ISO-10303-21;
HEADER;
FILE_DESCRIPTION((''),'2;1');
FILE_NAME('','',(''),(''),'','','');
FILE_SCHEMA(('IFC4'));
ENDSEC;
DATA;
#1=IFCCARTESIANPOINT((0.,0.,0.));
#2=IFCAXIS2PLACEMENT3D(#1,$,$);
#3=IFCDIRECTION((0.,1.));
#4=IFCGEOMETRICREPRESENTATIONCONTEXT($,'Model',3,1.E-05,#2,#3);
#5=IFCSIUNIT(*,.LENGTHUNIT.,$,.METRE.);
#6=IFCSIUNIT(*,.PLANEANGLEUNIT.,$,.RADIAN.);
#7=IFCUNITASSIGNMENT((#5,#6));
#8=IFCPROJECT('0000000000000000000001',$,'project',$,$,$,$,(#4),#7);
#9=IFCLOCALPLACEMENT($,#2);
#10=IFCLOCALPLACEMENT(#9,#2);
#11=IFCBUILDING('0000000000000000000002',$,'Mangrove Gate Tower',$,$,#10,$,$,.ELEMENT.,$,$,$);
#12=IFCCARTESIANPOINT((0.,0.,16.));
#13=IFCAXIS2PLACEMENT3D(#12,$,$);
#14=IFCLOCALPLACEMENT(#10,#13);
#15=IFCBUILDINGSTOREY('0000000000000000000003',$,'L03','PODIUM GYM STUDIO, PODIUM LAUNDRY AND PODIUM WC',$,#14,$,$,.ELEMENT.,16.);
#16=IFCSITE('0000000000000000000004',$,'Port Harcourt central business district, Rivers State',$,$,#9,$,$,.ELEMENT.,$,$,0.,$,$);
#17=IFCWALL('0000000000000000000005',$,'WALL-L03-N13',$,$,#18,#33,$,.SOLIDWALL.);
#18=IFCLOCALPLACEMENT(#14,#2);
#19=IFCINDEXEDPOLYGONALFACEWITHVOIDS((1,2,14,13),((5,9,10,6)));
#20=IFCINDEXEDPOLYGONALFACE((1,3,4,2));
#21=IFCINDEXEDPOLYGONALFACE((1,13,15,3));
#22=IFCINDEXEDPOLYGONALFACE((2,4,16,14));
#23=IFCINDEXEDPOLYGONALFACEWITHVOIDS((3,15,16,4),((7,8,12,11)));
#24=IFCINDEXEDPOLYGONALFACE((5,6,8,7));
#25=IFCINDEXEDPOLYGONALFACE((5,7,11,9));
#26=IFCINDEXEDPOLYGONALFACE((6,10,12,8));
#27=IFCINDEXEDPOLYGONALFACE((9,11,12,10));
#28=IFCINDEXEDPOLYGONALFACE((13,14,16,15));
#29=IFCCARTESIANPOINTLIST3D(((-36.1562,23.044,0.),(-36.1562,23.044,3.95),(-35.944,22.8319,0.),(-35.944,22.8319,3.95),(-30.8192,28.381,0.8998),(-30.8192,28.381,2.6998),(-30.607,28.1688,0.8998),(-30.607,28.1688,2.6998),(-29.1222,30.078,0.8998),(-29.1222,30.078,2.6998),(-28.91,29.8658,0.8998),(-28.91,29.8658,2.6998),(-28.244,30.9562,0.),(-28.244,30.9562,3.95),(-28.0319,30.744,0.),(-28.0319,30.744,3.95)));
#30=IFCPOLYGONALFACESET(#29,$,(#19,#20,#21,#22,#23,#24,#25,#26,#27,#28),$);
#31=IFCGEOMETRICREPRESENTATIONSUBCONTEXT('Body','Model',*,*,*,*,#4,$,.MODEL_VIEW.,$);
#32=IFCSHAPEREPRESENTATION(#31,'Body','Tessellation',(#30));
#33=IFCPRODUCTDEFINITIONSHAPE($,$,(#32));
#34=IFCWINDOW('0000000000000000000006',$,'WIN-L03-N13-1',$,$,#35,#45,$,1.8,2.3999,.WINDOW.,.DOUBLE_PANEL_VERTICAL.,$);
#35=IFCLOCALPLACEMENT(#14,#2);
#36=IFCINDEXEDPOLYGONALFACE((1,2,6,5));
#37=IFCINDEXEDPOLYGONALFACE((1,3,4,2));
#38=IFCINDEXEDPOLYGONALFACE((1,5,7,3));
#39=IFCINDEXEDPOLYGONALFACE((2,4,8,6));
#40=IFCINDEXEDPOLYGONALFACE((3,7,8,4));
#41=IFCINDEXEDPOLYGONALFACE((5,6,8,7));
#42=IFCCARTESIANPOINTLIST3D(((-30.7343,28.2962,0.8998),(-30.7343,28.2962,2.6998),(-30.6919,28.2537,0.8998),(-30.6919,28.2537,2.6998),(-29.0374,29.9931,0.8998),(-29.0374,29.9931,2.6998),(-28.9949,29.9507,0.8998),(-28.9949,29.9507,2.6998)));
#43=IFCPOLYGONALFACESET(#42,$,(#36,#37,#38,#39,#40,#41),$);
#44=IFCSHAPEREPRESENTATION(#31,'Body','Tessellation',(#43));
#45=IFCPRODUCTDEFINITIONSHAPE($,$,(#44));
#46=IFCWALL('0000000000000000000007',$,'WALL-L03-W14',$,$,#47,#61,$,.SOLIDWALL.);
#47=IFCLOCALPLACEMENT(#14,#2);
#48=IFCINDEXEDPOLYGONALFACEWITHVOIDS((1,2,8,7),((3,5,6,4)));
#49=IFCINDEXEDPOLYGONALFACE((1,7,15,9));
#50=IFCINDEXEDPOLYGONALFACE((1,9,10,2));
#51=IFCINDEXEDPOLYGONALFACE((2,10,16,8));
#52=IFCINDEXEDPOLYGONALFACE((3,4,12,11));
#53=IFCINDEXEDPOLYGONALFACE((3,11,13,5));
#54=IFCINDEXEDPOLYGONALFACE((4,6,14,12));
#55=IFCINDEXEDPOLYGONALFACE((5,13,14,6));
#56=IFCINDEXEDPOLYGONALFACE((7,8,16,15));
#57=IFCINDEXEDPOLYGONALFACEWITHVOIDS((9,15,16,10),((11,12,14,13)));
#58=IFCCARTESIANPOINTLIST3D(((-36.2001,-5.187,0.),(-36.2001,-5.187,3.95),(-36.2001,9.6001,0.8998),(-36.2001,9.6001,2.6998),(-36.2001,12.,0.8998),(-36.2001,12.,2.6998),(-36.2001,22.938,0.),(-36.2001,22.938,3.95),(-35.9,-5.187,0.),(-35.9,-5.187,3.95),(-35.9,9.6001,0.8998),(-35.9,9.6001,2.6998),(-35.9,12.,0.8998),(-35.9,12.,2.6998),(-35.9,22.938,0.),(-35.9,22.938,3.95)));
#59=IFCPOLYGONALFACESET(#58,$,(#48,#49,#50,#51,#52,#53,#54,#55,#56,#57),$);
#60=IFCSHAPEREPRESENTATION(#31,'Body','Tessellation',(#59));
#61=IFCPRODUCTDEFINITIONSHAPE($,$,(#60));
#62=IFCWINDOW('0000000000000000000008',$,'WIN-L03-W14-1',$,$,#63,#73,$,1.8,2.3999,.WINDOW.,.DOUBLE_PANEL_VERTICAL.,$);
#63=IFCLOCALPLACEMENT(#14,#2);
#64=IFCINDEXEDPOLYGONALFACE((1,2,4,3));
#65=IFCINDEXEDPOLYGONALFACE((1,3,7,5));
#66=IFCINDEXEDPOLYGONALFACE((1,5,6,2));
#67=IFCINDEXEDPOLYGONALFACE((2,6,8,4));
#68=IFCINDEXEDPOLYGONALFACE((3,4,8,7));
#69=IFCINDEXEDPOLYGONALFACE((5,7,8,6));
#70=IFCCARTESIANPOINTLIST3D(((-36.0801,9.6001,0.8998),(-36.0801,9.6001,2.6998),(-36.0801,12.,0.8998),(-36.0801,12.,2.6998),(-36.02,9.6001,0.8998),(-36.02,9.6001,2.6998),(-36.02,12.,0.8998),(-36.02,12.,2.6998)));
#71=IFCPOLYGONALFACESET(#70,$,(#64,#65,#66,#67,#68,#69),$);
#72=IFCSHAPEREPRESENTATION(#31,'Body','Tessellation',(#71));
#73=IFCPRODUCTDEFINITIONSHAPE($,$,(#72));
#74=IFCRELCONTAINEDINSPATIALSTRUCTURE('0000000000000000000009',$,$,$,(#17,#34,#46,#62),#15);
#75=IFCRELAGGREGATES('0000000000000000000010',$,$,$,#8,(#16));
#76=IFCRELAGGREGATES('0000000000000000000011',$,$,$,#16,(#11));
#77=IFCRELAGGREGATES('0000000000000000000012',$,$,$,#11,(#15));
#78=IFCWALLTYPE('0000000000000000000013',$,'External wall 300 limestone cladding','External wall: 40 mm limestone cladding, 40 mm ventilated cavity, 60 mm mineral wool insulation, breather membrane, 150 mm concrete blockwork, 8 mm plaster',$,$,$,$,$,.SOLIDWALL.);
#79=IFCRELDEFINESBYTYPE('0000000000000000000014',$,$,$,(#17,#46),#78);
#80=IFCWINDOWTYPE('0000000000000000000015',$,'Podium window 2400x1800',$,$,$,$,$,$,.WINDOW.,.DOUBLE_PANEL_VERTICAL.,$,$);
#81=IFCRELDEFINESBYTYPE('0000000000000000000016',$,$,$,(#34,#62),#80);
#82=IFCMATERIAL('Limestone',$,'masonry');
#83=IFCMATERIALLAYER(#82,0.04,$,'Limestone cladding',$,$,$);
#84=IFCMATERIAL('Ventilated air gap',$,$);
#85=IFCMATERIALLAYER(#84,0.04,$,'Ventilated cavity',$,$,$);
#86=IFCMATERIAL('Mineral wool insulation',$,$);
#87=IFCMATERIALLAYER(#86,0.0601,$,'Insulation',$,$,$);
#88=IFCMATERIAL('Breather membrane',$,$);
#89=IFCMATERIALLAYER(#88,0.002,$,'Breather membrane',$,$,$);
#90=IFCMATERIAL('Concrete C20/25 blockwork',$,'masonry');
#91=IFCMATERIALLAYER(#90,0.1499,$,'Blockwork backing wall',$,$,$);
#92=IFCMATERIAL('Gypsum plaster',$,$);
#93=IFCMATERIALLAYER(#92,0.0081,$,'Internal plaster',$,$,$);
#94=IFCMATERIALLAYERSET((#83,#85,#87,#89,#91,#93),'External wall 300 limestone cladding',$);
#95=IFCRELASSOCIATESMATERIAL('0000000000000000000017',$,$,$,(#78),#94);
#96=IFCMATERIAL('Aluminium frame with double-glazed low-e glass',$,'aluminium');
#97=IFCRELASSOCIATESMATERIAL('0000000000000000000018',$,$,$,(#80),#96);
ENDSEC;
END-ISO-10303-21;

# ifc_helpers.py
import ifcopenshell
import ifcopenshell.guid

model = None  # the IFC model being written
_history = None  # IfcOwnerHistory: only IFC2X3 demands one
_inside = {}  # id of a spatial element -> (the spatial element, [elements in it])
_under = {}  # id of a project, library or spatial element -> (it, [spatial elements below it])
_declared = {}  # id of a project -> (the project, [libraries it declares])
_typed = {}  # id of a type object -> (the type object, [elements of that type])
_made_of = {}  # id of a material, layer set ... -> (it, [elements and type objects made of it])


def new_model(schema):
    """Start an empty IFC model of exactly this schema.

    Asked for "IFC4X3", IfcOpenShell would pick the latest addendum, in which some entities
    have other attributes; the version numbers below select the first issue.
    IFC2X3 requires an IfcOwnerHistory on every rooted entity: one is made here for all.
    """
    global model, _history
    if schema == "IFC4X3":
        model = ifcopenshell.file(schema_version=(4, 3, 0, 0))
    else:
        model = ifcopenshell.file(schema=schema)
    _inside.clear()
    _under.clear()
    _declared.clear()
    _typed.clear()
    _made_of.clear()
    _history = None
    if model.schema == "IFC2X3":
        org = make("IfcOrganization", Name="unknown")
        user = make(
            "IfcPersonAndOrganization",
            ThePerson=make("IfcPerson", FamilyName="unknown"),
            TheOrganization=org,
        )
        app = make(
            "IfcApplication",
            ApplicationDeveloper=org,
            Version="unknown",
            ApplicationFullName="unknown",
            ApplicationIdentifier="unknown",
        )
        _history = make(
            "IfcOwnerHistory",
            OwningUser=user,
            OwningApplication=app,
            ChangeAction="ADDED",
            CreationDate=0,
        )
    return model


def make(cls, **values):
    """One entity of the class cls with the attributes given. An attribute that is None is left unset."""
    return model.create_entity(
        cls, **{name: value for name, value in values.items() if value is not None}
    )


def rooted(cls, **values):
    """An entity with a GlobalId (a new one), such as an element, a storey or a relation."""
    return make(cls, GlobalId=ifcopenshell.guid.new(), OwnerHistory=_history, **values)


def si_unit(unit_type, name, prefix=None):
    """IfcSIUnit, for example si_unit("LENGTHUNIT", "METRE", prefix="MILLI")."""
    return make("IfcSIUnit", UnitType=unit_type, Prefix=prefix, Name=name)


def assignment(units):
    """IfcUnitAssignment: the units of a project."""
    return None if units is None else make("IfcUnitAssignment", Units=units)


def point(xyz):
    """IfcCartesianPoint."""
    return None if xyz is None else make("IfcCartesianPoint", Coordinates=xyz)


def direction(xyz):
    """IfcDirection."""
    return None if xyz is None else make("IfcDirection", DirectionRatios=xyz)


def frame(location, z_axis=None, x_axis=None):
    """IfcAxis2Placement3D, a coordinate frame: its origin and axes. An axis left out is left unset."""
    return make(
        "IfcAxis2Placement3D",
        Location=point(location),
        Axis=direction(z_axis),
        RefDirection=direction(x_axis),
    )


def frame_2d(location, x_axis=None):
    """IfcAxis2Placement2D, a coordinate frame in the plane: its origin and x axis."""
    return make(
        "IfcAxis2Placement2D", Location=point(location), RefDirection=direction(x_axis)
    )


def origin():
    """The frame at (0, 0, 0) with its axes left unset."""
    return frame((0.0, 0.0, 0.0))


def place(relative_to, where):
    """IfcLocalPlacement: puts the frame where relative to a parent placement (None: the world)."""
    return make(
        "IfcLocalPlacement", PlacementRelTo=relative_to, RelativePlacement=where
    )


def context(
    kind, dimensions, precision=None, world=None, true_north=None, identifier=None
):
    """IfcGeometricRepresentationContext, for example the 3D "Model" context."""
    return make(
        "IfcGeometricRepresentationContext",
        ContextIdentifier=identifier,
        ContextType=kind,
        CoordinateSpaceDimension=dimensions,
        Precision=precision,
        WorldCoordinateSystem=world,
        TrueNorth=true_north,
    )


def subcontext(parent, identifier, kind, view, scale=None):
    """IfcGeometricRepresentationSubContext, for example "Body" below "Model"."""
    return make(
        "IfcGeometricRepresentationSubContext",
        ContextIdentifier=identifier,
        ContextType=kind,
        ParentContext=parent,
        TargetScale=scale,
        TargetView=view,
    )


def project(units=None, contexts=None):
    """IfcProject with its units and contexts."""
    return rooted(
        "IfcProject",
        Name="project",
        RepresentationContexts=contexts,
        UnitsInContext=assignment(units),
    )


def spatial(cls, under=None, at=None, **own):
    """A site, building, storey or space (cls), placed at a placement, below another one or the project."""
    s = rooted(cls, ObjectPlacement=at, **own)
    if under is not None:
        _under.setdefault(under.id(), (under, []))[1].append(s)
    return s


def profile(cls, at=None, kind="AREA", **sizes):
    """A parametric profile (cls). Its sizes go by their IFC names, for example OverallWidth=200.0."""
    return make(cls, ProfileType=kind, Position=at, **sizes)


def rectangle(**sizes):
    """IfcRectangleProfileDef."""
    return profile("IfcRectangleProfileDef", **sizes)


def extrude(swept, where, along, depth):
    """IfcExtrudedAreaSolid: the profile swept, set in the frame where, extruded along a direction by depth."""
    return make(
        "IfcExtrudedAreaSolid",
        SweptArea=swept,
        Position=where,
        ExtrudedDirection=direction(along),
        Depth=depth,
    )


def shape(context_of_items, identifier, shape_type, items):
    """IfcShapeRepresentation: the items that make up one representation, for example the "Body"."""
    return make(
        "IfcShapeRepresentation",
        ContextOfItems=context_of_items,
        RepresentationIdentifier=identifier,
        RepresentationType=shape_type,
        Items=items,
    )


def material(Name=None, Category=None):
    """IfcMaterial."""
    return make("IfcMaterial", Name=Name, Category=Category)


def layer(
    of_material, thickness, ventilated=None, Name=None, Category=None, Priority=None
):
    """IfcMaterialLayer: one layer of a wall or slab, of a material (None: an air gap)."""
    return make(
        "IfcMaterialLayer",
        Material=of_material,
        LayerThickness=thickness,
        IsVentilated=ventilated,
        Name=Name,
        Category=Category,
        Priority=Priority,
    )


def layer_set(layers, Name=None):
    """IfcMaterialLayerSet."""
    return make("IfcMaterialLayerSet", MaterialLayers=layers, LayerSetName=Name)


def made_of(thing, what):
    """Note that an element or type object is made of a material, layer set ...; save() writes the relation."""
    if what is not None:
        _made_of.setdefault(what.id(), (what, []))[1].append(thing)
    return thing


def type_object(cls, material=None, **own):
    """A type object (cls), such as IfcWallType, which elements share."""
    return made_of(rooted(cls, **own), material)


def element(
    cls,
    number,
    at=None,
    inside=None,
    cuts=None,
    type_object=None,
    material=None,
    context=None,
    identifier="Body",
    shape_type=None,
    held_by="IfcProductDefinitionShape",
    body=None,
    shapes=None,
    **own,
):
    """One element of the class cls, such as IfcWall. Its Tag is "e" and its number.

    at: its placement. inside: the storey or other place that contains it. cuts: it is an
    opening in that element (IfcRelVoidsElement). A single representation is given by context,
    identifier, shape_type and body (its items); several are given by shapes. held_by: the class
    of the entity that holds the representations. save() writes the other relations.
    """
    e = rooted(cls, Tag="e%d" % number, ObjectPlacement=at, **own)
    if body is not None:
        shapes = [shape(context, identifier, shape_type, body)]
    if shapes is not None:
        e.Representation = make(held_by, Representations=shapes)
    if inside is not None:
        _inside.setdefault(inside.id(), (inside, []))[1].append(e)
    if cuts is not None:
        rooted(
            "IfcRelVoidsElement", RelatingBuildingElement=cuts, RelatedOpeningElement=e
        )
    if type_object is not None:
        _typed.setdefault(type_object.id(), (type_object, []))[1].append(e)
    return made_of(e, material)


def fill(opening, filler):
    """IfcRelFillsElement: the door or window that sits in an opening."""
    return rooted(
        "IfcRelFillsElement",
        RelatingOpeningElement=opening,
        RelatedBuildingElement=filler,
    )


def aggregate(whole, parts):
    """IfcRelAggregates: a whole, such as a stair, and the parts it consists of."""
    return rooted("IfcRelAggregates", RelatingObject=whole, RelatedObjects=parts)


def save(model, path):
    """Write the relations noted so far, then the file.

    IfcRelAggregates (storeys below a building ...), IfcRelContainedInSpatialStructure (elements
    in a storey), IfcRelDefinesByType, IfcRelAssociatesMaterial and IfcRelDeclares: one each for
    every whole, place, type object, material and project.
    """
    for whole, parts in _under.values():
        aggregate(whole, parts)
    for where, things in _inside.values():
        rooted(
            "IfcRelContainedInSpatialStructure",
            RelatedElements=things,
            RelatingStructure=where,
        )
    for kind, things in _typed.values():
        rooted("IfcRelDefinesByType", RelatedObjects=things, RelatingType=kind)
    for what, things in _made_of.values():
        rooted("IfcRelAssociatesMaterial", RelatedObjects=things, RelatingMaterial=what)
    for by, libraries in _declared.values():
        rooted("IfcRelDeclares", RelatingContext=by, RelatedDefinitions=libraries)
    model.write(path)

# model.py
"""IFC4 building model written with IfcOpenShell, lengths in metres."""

from ifc_helpers import new_model, si_unit, direction, frame, frame_2d, origin, place, context, subcontext, project, spatial, rectangle, extrude, material, layer, layer_set, type_object, element, fill, save


model = new_model("IFC4")

# Units and contexts
model_context = context("Model", 3, precision=1e-05, world=origin(), true_north=direction((0.0, 1.0)))
body_context = subcontext(model_context, "Body", "Model", "MODEL_VIEW")
ifc_project = project(units=[si_unit("LENGTHUNIT", "METRE"), si_unit("PLANEANGLEUNIT", "RADIAN")], contexts=[model_context])

# Site, building, storey
site_placement = place(None, origin())
site = spatial("IfcSite", under=ifc_project, at=site_placement, Name="Port Harcourt central business district, Rivers State", CompositionType="ELEMENT", RefElevation=0.0)
building_placement = place(site_placement, origin())
building = spatial("IfcBuilding", under=site, at=building_placement, Name="Mangrove Gate Tower", CompositionType="ELEMENT")
storey_placement = place(building_placement, frame((0.0, 0.0, 16.0)))
storey = spatial("IfcBuildingStorey", under=building, at=storey_placement, Name="L03", Description="PODIUM GYM STUDIO, PODIUM LAUNDRY AND PODIUM WC", CompositionType="ELEMENT", Elevation=16.0)

# Walls, openings, windows
ifc_material_1 = material(Name="Limestone", Category="masonry")
ifc_layer_1 = layer(ifc_material_1, 0.04, Name="Limestone cladding")
ifc_material_2 = material(Name="Ventilated air gap")
ifc_layer_2 = layer(ifc_material_2, 0.04, Name="Ventilated cavity")
ifc_material_3 = material(Name="Mineral wool insulation")
ifc_layer_3 = layer(ifc_material_3, 0.0601, Name="Insulation")
ifc_material_4 = material(Name="Breather membrane")
ifc_layer_4 = layer(ifc_material_4, 0.002, Name="Breather membrane")
ifc_material_5 = material(Name="Concrete C20/25 blockwork", Category="masonry")
ifc_layer_5 = layer(ifc_material_5, 0.1499, Name="Blockwork backing wall")
ifc_material_6 = material(Name="Gypsum plaster")
ifc_layer_6 = layer(ifc_material_6, 0.0081, Name="Internal plaster")
ifc_layer_set_1 = layer_set([ifc_layer_1, ifc_layer_2, ifc_layer_3, ifc_layer_4, ifc_layer_5, ifc_layer_6], Name="External wall 300 limestone cladding")
wall_type_1 = type_object("IfcWallType", Name="External wall 300 limestone cladding", Description="External wall: 40 mm limestone cladding, 40 mm ventilated cavity, 60 mm mineral wool insulation, breather membrane, 150 mm concrete blockwork, 8 mm plaster", PredefinedType="SOLIDWALL", material=ifc_layer_set_1)
wall_1_placement = place(storey_placement, frame((-28.1379, 30.8501, 0.0), z_axis=(0.0, 0.0, 1.0), x_axis=(-0.707107, -0.707107, 0.0)))
wall_1 = element("IfcWall", 1, at=wall_1_placement, inside=storey, type_object=wall_type_1, Name="WALL-L03-N13", PredefinedType="SOLIDWALL", context=body_context, shape_type="SweptSolid", body=[
    extrude(rectangle(XDim=11.1895, YDim=0.3, at=frame_2d((5.5947, 0.0))), origin(), (0.0, 0.0, 1.0), 3.95),
])
opening_1_placement = place(wall_1_placement, frame((1.2419, 0.0, 0.8999)))
opening_1 = element("IfcOpeningElement", 2, at=opening_1_placement, cuts=wall_1, PredefinedType="OPENING", context=body_context, shape_type="SweptSolid", body=[
    extrude(rectangle(XDim=2.3999, YDim=1.8, at=frame_2d((1.2, 0.8999))), frame((0.0, 0.1599, 0.0), z_axis=(0.0, -1.0, 0.0), x_axis=(1.0, 0.0, 0.0)), (0.0, 0.0, 1.0), 0.3201),
])
ifc_material_7 = material(Name="Aluminium frame with double-glazed low-e glass", Category="aluminium")
window_type = type_object("IfcWindowType", Name="Podium window 2400x1800", PartitioningType="DOUBLE_PANEL_VERTICAL", PredefinedType="WINDOW", material=ifc_material_7)
window_1_placement = place(opening_1_placement, origin())
window_1 = element("IfcWindow", 3, at=window_1_placement, inside=storey, type_object=window_type, Name="WIN-L03-N13-1", OverallHeight=1.8, OverallWidth=2.3999, PartitioningType="DOUBLE_PANEL_VERTICAL", PredefinedType="WINDOW", context=body_context, shape_type="SweptSolid", body=[
    extrude(rectangle(XDim=2.3999, YDim=1.8, at=frame_2d((1.2, 0.8999))), frame((0.0, 0.03, 0.0), z_axis=(0.0, -1.0, 0.0), x_axis=(1.0, 0.0, 0.0)), (0.0, 0.0, 1.0), 0.0601),
])
fill(opening_1, window_1)
wall_2_placement = place(storey_placement, frame((-36.05, 22.938, 0.0), z_axis=(0.0, 0.0, 1.0), x_axis=(0.0, -1.0, 0.0)))
wall_2 = element("IfcWall", 4, at=wall_2_placement, inside=storey, type_object=wall_type_1, Name="WALL-L03-W14", PredefinedType="SOLIDWALL", context=body_context, shape_type="SweptSolid", body=[
    extrude(rectangle(XDim=28.125, YDim=0.3, at=frame_2d((14.0625, 0.0))), origin(), (0.0, 0.0, 1.0), 3.95),
])
opening_2_placement = place(wall_2_placement, frame((10.938, 0.0, 0.8999)))
opening_2 = element("IfcOpeningElement", 5, at=opening_2_placement, cuts=wall_2, PredefinedType="OPENING", context=body_context, shape_type="SweptSolid", body=[
    extrude(rectangle(XDim=2.3999, YDim=1.8, at=frame_2d((1.2, 0.8999))), frame((0.0, 0.1599, 0.0), z_axis=(0.0, -1.0, 0.0), x_axis=(1.0, 0.0, 0.0)), (0.0, 0.0, 1.0), 0.3201),
])
window_2_placement = place(opening_2_placement, origin())
window_2 = element("IfcWindow", 6, at=window_2_placement, inside=storey, type_object=window_type, Name="WIN-L03-W14-1", OverallHeight=1.8, OverallWidth=2.3999, PartitioningType="DOUBLE_PANEL_VERTICAL", PredefinedType="WINDOW", context=body_context, shape_type="SweptSolid", body=[
    extrude(rectangle(XDim=2.3999, YDim=1.8, at=frame_2d((1.2, 0.8999))), frame((0.0, 0.03, 0.0), z_axis=(0.0, -1.0, 0.0), x_axis=(1.0, 0.0, 0.0)), (0.0, 0.0, 1.0), 0.0601),
])
fill(opening_2, window_2)

save(model, "model.ifc")
